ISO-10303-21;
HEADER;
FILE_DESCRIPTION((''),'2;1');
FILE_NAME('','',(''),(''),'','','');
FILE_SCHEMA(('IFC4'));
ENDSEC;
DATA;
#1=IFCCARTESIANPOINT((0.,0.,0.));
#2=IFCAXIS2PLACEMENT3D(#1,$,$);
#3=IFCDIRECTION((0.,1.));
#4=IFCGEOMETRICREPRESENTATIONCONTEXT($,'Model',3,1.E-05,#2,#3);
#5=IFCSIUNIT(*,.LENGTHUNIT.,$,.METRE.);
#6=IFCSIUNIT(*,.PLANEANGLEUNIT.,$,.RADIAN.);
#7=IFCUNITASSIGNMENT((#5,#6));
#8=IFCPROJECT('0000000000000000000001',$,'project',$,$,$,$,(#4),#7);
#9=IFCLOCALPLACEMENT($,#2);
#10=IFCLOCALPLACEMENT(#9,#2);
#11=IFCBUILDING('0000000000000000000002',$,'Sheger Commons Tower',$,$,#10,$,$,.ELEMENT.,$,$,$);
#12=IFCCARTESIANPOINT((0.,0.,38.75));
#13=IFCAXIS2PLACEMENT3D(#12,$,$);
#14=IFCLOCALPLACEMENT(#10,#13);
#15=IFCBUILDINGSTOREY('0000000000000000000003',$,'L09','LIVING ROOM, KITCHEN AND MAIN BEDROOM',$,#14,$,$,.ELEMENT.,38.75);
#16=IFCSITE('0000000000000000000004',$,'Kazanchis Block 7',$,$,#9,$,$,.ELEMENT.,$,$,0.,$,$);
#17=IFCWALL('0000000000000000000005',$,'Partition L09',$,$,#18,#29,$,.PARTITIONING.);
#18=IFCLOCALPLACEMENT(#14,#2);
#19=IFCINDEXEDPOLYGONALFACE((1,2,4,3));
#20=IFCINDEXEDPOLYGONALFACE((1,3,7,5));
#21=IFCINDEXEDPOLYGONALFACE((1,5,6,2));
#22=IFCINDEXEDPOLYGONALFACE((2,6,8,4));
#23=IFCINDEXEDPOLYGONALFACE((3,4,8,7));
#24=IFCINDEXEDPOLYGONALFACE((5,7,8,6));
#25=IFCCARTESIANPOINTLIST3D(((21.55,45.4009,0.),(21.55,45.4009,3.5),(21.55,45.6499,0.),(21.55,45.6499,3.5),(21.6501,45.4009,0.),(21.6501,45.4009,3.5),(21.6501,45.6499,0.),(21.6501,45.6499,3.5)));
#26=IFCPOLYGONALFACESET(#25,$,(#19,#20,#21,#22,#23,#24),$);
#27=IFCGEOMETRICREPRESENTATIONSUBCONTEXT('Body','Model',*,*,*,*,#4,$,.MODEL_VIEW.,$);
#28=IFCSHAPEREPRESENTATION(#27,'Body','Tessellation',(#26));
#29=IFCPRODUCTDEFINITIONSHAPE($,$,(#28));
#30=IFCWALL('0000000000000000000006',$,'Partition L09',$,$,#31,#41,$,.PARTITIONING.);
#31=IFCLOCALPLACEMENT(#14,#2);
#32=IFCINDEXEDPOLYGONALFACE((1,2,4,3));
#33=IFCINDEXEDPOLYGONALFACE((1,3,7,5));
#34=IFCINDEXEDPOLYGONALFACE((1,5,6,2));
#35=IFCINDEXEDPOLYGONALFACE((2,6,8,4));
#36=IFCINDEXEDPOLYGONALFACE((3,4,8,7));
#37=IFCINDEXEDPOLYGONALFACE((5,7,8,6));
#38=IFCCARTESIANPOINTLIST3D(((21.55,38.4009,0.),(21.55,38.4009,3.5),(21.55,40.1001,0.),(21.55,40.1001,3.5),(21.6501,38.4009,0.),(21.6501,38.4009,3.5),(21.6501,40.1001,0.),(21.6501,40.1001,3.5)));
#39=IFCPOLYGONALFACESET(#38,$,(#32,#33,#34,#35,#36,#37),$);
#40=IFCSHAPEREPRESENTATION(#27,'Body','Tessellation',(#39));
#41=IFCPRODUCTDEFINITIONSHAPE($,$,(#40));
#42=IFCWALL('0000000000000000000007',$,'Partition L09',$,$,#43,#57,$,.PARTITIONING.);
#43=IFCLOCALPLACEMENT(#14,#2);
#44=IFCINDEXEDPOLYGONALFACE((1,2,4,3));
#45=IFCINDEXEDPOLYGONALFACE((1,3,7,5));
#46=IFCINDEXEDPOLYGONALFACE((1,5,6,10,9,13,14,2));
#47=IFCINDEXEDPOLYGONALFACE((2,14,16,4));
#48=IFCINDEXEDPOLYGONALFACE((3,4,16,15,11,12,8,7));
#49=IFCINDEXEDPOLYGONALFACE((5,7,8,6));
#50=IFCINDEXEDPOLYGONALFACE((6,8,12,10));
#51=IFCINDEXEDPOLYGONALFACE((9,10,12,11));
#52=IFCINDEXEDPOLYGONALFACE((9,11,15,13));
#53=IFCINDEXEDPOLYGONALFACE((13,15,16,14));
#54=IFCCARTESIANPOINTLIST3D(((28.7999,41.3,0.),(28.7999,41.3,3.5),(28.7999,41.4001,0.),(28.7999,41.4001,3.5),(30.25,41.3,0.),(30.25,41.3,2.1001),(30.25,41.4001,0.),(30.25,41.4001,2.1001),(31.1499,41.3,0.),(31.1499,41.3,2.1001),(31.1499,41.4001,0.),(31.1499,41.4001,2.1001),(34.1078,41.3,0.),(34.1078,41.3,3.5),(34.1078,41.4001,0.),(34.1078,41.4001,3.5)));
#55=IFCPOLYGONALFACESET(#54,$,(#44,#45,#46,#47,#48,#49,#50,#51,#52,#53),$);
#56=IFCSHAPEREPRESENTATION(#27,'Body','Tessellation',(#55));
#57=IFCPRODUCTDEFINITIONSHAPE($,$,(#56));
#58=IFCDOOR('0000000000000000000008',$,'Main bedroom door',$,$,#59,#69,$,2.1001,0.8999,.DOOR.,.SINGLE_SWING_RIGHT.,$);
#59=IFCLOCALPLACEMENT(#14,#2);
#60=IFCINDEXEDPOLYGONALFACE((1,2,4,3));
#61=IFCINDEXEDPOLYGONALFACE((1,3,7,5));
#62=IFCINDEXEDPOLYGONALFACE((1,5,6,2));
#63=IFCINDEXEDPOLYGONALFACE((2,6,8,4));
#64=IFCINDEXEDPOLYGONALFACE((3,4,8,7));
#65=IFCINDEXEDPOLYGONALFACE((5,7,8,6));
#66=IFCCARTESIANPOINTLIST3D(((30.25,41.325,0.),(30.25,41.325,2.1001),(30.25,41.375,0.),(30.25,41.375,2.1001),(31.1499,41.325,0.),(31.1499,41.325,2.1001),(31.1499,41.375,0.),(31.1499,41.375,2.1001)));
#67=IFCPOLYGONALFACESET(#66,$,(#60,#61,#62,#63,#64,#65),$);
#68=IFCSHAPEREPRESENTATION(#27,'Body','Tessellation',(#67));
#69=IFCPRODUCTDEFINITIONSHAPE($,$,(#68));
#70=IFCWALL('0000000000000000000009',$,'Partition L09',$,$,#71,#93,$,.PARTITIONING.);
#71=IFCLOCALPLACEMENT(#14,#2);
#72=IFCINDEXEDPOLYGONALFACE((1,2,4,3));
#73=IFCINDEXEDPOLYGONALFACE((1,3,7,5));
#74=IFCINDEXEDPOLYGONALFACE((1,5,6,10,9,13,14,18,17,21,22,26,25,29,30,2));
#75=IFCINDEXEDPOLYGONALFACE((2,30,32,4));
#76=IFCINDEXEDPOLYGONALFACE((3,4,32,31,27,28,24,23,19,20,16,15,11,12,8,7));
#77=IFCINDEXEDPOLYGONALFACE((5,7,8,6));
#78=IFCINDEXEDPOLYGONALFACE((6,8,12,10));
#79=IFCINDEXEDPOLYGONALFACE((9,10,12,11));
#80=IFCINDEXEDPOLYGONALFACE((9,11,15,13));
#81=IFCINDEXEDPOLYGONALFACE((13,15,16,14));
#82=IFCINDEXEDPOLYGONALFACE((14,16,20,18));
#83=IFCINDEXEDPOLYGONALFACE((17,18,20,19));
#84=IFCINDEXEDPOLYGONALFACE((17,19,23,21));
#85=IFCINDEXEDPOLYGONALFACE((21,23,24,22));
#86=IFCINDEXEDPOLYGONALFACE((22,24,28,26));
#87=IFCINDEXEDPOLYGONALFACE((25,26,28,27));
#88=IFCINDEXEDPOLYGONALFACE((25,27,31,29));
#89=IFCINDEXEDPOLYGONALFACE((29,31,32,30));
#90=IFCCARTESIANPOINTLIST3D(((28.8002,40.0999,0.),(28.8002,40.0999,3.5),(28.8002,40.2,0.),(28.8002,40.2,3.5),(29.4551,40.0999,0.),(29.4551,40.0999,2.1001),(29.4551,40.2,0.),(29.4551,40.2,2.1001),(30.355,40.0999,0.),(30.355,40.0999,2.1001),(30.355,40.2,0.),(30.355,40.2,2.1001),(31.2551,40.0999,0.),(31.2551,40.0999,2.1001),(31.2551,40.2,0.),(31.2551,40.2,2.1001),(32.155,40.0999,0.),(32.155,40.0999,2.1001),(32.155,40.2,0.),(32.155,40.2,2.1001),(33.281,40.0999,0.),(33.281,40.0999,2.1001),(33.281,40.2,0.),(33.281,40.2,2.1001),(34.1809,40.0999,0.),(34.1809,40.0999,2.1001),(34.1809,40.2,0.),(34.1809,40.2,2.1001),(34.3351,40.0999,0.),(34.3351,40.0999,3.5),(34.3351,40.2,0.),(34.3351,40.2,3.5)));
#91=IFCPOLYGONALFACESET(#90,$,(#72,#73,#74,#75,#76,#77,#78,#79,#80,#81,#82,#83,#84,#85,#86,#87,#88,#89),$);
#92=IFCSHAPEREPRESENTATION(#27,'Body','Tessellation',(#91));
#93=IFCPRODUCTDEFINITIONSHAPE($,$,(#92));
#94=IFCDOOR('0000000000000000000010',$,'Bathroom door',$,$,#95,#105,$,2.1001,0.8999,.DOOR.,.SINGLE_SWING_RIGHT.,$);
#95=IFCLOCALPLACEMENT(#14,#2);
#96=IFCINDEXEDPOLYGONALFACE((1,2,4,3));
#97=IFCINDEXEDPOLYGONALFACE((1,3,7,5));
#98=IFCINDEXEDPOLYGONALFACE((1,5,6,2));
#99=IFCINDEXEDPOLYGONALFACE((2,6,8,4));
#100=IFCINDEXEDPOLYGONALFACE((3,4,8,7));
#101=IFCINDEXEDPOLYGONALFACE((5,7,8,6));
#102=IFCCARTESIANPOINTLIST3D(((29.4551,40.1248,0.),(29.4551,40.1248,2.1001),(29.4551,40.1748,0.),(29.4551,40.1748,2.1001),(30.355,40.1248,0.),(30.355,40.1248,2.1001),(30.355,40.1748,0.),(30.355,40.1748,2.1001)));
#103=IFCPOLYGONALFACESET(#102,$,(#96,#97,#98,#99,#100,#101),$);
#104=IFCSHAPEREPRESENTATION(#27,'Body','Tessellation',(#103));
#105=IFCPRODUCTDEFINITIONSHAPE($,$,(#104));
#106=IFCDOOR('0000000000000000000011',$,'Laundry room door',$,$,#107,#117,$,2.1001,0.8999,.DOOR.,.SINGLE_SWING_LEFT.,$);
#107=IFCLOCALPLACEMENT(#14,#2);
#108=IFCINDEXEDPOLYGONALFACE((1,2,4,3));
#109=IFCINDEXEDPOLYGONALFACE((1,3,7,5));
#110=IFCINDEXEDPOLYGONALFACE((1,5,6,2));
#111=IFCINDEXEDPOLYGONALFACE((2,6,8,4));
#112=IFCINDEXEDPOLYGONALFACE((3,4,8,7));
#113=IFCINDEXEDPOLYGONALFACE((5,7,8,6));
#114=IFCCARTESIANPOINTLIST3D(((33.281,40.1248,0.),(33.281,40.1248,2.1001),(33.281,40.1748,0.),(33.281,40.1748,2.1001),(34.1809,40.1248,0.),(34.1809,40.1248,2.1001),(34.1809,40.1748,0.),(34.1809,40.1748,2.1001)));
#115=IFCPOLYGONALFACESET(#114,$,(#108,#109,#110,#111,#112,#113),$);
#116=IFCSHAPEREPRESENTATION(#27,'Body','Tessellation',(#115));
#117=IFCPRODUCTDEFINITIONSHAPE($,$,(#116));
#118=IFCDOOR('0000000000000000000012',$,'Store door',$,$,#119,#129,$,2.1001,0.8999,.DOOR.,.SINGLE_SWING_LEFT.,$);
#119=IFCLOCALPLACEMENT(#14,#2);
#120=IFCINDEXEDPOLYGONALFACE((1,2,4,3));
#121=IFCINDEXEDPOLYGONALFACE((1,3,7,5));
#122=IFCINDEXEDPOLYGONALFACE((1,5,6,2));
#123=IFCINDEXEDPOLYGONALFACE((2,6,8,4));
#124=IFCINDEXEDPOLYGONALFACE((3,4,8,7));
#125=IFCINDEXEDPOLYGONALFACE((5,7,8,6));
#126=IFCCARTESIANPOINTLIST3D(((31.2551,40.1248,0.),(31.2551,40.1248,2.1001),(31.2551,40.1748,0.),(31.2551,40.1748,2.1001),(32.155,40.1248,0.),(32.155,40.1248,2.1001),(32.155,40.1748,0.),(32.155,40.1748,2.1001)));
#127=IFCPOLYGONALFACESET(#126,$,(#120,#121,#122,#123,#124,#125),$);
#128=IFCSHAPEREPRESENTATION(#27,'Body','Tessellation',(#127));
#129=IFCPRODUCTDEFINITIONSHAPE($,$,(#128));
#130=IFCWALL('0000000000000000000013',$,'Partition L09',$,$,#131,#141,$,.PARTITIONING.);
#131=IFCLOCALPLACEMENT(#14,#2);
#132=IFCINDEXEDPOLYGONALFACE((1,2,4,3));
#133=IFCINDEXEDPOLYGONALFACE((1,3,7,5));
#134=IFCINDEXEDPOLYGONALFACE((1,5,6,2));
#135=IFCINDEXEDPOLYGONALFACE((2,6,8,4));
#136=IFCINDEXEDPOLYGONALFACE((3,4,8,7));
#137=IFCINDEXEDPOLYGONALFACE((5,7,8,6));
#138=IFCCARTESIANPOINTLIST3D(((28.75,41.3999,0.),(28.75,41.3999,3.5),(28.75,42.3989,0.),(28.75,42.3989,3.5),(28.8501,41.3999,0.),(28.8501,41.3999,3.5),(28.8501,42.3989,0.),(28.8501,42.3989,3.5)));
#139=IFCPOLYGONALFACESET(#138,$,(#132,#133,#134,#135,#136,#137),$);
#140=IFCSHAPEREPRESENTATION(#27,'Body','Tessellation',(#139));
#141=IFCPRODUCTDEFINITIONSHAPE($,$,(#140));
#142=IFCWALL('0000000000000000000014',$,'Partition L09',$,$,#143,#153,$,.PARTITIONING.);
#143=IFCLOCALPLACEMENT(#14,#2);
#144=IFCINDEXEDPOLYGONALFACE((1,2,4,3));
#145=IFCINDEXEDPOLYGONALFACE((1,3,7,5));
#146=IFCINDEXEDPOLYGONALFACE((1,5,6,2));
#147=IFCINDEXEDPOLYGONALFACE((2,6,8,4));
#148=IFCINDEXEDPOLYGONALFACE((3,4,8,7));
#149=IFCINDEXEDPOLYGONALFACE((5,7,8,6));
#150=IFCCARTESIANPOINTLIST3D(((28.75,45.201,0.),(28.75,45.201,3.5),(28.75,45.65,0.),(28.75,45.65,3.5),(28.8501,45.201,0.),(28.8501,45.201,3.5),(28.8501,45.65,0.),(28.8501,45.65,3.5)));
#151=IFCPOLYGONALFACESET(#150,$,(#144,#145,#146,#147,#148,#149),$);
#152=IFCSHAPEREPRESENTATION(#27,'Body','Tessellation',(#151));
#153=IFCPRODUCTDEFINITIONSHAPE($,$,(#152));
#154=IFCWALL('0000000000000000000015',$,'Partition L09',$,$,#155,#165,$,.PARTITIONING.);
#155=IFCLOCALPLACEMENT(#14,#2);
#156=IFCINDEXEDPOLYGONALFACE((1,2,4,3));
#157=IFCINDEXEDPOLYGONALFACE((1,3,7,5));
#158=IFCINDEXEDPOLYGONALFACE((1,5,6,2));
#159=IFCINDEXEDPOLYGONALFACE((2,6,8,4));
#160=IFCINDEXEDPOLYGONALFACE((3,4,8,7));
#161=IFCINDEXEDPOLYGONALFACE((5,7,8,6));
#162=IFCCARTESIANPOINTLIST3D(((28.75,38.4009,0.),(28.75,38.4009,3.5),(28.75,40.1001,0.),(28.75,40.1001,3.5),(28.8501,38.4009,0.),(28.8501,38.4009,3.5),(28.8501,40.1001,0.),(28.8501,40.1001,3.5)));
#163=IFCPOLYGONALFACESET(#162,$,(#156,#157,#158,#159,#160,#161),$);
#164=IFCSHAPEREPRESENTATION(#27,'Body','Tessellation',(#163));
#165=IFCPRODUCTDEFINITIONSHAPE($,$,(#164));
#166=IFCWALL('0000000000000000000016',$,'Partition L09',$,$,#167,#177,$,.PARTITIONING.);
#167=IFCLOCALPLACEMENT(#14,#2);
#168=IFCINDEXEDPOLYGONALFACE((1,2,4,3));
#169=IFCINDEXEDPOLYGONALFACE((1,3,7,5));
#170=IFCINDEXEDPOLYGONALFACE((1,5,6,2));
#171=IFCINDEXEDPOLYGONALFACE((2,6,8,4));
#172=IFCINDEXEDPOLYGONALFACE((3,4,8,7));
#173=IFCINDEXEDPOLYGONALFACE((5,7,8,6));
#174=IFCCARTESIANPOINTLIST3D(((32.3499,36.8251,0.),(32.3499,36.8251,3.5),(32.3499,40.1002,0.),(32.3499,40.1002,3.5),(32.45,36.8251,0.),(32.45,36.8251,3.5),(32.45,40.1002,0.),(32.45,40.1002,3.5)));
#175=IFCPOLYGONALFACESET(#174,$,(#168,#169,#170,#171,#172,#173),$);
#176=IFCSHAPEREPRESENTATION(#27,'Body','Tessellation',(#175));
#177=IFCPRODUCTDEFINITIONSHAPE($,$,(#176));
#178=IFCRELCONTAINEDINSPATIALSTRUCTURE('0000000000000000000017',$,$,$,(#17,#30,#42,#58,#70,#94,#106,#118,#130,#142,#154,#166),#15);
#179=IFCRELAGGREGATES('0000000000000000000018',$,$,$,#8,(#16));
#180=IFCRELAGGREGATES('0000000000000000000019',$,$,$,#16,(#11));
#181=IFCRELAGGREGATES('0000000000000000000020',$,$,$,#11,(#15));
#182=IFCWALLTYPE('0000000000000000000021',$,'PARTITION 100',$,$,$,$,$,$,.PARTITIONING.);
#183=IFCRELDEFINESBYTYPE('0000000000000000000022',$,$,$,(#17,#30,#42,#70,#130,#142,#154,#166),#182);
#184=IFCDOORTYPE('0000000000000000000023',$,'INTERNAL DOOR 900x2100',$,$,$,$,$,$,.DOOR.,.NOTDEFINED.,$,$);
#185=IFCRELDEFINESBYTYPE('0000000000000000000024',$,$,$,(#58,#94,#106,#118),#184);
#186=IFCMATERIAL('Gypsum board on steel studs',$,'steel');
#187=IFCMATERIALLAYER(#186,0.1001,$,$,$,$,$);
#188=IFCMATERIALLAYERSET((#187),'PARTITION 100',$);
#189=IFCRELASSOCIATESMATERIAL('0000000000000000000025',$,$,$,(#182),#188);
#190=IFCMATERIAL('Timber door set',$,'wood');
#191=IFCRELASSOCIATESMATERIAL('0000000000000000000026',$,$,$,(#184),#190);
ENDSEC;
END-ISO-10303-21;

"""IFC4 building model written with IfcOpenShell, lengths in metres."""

from ifc_helpers import new_model, si_unit, direction, frame, frame_2d, origin, place, context, subcontext, project, spatial, rectangle, extrude, material, layer, layer_set, type_object, element, fill, save


model = new_model("IFC4")

# Units and contexts
model_context = context("Model", 3, precision=1e-05, world=origin(), true_north=direction((0.0, 1.0)))
body_context = subcontext(model_context, "Body", "Model", "MODEL_VIEW")
ifc_project = project(units=[si_unit("LENGTHUNIT", "METRE"), si_unit("PLANEANGLEUNIT", "RADIAN")], contexts=[model_context])

# Site, building, storey
site_placement = place(None, origin())
site = spatial("IfcSite", under=ifc_project, at=site_placement, Name="Kazanchis Block 7", CompositionType="ELEMENT", RefElevation=0.0)
building_placement = place(site_placement, origin())
building = spatial("IfcBuilding", under=site, at=building_placement, Name="Sheger Commons Tower", CompositionType="ELEMENT")
storey_placement = place(building_placement, frame((0.0, 0.0, 38.75)))
storey = spatial("IfcBuildingStorey", under=building, at=storey_placement, Name="L09", Description="LIVING ROOM, KITCHEN AND MAIN BEDROOM", CompositionType="ELEMENT", Elevation=38.75)

# Walls
ifc_material_1 = material(Name="Gypsum board on steel studs", Category="steel")
ifc_layer_1 = layer(ifc_material_1, 0.1001)
ifc_layer_set_1 = layer_set([ifc_layer_1], Name="PARTITION 100")
wall_type_1 = type_object("IfcWallType", Name="PARTITION 100", PredefinedType="PARTITIONING", material=ifc_layer_set_1)
wall_1_placement = place(storey_placement, frame((21.6001, 45.4009, 0.0), z_axis=(0.0, 0.0, 1.0), x_axis=(0.0, 1.0, 0.0)))
element("IfcWall", 1, at=wall_1_placement, inside=storey, type_object=wall_type_1, Name="Partition L09", PredefinedType="PARTITIONING", context=body_context, shape_type="SweptSolid", body=[
    extrude(rectangle(XDim=0.249, YDim=0.1001, at=frame_2d((0.1245, 0.0))), origin(), (0.0, 0.0, 1.0), 3.5),
])
wall_2_placement = place(storey_placement, frame((21.6001, 38.4009, 0.0), z_axis=(0.0, 0.0, 1.0), x_axis=(0.0, 1.0, 0.0)))
element("IfcWall", 2, at=wall_2_placement, inside=storey, type_object=wall_type_1, Name="Partition L09", PredefinedType="PARTITIONING", context=body_context, shape_type="SweptSolid", body=[
    extrude(rectangle(XDim=1.6992, YDim=0.1001, at=frame_2d((0.8496, 0.0))), origin(), (0.0, 0.0, 1.0), 3.5),
])

# Wall, opening, door
wall_3_placement = place(storey_placement, frame((28.8, 41.3501, 0.0), z_axis=(0.0, 0.0, 1.0), x_axis=(1.0, 0.0, 0.0)))
wall_3 = element("IfcWall", 3, at=wall_3_placement, inside=storey, type_object=wall_type_1, Name="Partition L09", PredefinedType="PARTITIONING", context=body_context, shape_type="SweptSolid", body=[
    extrude(rectangle(XDim=5.3079, YDim=0.1001, at=frame_2d((2.6538, 0.0))), origin(), (0.0, 0.0, 1.0), 3.5),
])
opening_1_placement = place(wall_3_placement, frame((1.45, 0.0, 0.0)))
opening_1 = element("IfcOpeningElement", 4, at=opening_1_placement, cuts=wall_3, PredefinedType="OPENING", context=body_context, shape_type="SweptSolid", body=[
    extrude(rectangle(XDim=0.8999, YDim=2.1001, at=frame_2d((0.45, 1.05))), frame((0.0, 0.0601, 0.0), z_axis=(0.0, -1.0, 0.0), x_axis=(1.0, 0.0, 0.0)), (0.0, 0.0, 1.0), 0.1201),
])
ifc_material_2 = material(Name="Timber door set", Category="wood")
door_type = type_object("IfcDoorType", Name="INTERNAL DOOR 900x2100", OperationType="NOTDEFINED", PredefinedType="DOOR", material=ifc_material_2)
door_1_placement = place(opening_1_placement, origin())
door_1 = element("IfcDoor", 5, at=door_1_placement, inside=storey, type_object=door_type, Name="Main bedroom door", OperationType="SINGLE_SWING_RIGHT", OverallHeight=2.1001, OverallWidth=0.8999, PredefinedType="DOOR", context=body_context, shape_type="SweptSolid", body=[
    extrude(rectangle(XDim=0.8999, YDim=2.1001, at=frame_2d((0.45, 1.05))), frame((0.0, 0.0249, 0.0), z_axis=(0.0, -1.0, 0.0), x_axis=(1.0, 0.0, 0.0)), (0.0, 0.0, 1.0), 0.05),
])
fill(opening_1, door_1)

# Wall, openings, doors
wall_4_placement = place(storey_placement, frame((28.8, 40.1499, 0.0), z_axis=(0.0, 0.0, 1.0), x_axis=(1.0, 0.0, 0.0)))
wall_4 = element("IfcWall", 6, at=wall_4_placement, inside=storey, type_object=wall_type_1, Name="Partition L09", PredefinedType="PARTITIONING", context=body_context, shape_type="SweptSolid", body=[
    extrude(rectangle(XDim=5.5349, YDim=0.1001, at=frame_2d((2.7676, 0.0))), origin(), (0.0, 0.0, 1.0), 3.5),
])
opening_2_placement = place(wall_4_placement, frame((0.655, 0.0, 0.0)))
opening_2 = element("IfcOpeningElement", 7, at=opening_2_placement, cuts=wall_4, PredefinedType="OPENING", context=body_context, shape_type="SweptSolid", body=[
    extrude(rectangle(XDim=0.8999, YDim=2.1001, at=frame_2d((0.45, 1.05))), frame((0.0, 0.0601, 0.0), z_axis=(0.0, -1.0, 0.0), x_axis=(1.0, 0.0, 0.0)), (0.0, 0.0, 1.0), 0.1201),
])
opening_3_placement = place(wall_4_placement, frame((4.481, 0.0, 0.0)))
opening_3 = element("IfcOpeningElement", 8, at=opening_3_placement, cuts=wall_4, PredefinedType="OPENING", context=body_context, shape_type="SweptSolid", body=[
    extrude(rectangle(XDim=0.8999, YDim=2.1001, at=frame_2d((0.45, 1.05))), frame((0.0, 0.0601, 0.0), z_axis=(0.0, -1.0, 0.0), x_axis=(1.0, 0.0, 0.0)), (0.0, 0.0, 1.0), 0.1201),
])
opening_4_placement = place(wall_4_placement, frame((2.4551, 0.0, 0.0)))
opening_4 = element("IfcOpeningElement", 9, at=opening_4_placement, cuts=wall_4, PredefinedType="OPENING", context=body_context, shape_type="SweptSolid", body=[
    extrude(rectangle(XDim=0.8999, YDim=2.1001, at=frame_2d((0.45, 1.05))), frame((0.0, 0.0601, 0.0), z_axis=(0.0, -1.0, 0.0), x_axis=(1.0, 0.0, 0.0)), (0.0, 0.0, 1.0), 0.1201),
])
door_2_placement = place(opening_2_placement, origin())
door_2 = element("IfcDoor", 10, at=door_2_placement, inside=storey, type_object=door_type, Name="Bathroom door", OperationType="SINGLE_SWING_RIGHT", OverallHeight=2.1001, OverallWidth=0.8999, PredefinedType="DOOR", context=body_context, shape_type="SweptSolid", body=[
    extrude(rectangle(XDim=0.8999, YDim=2.1001, at=frame_2d((0.45, 1.05))), frame((0.0, 0.0249, 0.0), z_axis=(0.0, -1.0, 0.0), x_axis=(1.0, 0.0, 0.0)), (0.0, 0.0, 1.0), 0.05),
])
fill(opening_2, door_2)
door_3_placement = place(opening_3_placement, origin())
door_3 = element("IfcDoor", 11, at=door_3_placement, inside=storey, type_object=door_type, Name="Laundry room door", OperationType="SINGLE_SWING_LEFT", OverallHeight=2.1001, OverallWidth=0.8999, PredefinedType="DOOR", context=body_context, shape_type="SweptSolid", body=[
    extrude(rectangle(XDim=0.8999, YDim=2.1001, at=frame_2d((0.45, 1.05))), frame((0.0, 0.0249, 0.0), z_axis=(0.0, -1.0, 0.0), x_axis=(1.0, 0.0, 0.0)), (0.0, 0.0, 1.0), 0.05),
])
fill(opening_3, door_3)
door_4_placement = place(opening_4_placement, origin())
door_4 = element("IfcDoor", 12, at=door_4_placement, inside=storey, type_object=door_type, Name="Store door", OperationType="SINGLE_SWING_LEFT", OverallHeight=2.1001, OverallWidth=0.8999, PredefinedType="DOOR", context=body_context, shape_type="SweptSolid", body=[
    extrude(rectangle(XDim=0.8999, YDim=2.1001, at=frame_2d((0.45, 1.05))), frame((0.0, 0.0249, 0.0), z_axis=(0.0, -1.0, 0.0), x_axis=(1.0, 0.0, 0.0)), (0.0, 0.0, 1.0), 0.05),
])
fill(opening_4, door_4)

# Walls
wall_5_placement = place(storey_placement, frame((28.8, 41.3999, 0.0), z_axis=(0.0, 0.0, 1.0), x_axis=(0.0, 1.0, 0.0)))
element("IfcWall", 13, at=wall_5_placement, inside=storey, type_object=wall_type_1, Name="Partition L09", PredefinedType="PARTITIONING", context=body_context, shape_type="SweptSolid", body=[
    extrude(rectangle(XDim=0.999, YDim=0.1001, at=frame_2d((0.4995, 0.0))), origin(), (0.0, 0.0, 1.0), 3.5),
])
wall_6_placement = place(storey_placement, frame((28.8, 45.2009, 0.0), z_axis=(0.0, 0.0, 1.0), x_axis=(0.0, 1.0, 0.0)))
element("IfcWall", 14, at=wall_6_placement, inside=storey, type_object=wall_type_1, Name="Partition L09", PredefinedType="PARTITIONING", context=body_context, shape_type="SweptSolid", body=[
    extrude(rectangle(XDim=0.449, YDim=0.1001, at=frame_2d((0.2246, 0.0))), origin(), (0.0, 0.0, 1.0), 3.5),
])
wall_7_placement = place(storey_placement, frame((28.8, 38.4009, 0.0), z_axis=(0.0, 0.0, 1.0), x_axis=(0.0, 1.0, 0.0)))
element("IfcWall", 15, at=wall_7_placement, inside=storey, type_object=wall_type_1, Name="Partition L09", PredefinedType="PARTITIONING", context=body_context, shape_type="SweptSolid", body=[
    extrude(rectangle(XDim=1.6992, YDim=0.1001, at=frame_2d((0.8496, 0.0))), origin(), (0.0, 0.0, 1.0), 3.5),
])
for number, where, z_axis, x_axis, name in (
    (16, (32.3999, 36.825, 0.0), (0.0, 0.0, 1.0), (0.0, 1.0, 0.0), "Partition L09"),
):
    element("IfcWall", number, at=place(storey_placement, frame(where, z_axis=z_axis, x_axis=x_axis)), inside=storey, type_object=wall_type_1, Name=name, PredefinedType="PARTITIONING", context=body_context, shape_type="SweptSolid", body=[
        extrude(rectangle(XDim=3.2751, YDim=0.1001, at=frame_2d((1.6377, 0.0))), origin(), (0.0, 0.0, 1.0), 3.5),
    ])

save(model, "model.ifc")
